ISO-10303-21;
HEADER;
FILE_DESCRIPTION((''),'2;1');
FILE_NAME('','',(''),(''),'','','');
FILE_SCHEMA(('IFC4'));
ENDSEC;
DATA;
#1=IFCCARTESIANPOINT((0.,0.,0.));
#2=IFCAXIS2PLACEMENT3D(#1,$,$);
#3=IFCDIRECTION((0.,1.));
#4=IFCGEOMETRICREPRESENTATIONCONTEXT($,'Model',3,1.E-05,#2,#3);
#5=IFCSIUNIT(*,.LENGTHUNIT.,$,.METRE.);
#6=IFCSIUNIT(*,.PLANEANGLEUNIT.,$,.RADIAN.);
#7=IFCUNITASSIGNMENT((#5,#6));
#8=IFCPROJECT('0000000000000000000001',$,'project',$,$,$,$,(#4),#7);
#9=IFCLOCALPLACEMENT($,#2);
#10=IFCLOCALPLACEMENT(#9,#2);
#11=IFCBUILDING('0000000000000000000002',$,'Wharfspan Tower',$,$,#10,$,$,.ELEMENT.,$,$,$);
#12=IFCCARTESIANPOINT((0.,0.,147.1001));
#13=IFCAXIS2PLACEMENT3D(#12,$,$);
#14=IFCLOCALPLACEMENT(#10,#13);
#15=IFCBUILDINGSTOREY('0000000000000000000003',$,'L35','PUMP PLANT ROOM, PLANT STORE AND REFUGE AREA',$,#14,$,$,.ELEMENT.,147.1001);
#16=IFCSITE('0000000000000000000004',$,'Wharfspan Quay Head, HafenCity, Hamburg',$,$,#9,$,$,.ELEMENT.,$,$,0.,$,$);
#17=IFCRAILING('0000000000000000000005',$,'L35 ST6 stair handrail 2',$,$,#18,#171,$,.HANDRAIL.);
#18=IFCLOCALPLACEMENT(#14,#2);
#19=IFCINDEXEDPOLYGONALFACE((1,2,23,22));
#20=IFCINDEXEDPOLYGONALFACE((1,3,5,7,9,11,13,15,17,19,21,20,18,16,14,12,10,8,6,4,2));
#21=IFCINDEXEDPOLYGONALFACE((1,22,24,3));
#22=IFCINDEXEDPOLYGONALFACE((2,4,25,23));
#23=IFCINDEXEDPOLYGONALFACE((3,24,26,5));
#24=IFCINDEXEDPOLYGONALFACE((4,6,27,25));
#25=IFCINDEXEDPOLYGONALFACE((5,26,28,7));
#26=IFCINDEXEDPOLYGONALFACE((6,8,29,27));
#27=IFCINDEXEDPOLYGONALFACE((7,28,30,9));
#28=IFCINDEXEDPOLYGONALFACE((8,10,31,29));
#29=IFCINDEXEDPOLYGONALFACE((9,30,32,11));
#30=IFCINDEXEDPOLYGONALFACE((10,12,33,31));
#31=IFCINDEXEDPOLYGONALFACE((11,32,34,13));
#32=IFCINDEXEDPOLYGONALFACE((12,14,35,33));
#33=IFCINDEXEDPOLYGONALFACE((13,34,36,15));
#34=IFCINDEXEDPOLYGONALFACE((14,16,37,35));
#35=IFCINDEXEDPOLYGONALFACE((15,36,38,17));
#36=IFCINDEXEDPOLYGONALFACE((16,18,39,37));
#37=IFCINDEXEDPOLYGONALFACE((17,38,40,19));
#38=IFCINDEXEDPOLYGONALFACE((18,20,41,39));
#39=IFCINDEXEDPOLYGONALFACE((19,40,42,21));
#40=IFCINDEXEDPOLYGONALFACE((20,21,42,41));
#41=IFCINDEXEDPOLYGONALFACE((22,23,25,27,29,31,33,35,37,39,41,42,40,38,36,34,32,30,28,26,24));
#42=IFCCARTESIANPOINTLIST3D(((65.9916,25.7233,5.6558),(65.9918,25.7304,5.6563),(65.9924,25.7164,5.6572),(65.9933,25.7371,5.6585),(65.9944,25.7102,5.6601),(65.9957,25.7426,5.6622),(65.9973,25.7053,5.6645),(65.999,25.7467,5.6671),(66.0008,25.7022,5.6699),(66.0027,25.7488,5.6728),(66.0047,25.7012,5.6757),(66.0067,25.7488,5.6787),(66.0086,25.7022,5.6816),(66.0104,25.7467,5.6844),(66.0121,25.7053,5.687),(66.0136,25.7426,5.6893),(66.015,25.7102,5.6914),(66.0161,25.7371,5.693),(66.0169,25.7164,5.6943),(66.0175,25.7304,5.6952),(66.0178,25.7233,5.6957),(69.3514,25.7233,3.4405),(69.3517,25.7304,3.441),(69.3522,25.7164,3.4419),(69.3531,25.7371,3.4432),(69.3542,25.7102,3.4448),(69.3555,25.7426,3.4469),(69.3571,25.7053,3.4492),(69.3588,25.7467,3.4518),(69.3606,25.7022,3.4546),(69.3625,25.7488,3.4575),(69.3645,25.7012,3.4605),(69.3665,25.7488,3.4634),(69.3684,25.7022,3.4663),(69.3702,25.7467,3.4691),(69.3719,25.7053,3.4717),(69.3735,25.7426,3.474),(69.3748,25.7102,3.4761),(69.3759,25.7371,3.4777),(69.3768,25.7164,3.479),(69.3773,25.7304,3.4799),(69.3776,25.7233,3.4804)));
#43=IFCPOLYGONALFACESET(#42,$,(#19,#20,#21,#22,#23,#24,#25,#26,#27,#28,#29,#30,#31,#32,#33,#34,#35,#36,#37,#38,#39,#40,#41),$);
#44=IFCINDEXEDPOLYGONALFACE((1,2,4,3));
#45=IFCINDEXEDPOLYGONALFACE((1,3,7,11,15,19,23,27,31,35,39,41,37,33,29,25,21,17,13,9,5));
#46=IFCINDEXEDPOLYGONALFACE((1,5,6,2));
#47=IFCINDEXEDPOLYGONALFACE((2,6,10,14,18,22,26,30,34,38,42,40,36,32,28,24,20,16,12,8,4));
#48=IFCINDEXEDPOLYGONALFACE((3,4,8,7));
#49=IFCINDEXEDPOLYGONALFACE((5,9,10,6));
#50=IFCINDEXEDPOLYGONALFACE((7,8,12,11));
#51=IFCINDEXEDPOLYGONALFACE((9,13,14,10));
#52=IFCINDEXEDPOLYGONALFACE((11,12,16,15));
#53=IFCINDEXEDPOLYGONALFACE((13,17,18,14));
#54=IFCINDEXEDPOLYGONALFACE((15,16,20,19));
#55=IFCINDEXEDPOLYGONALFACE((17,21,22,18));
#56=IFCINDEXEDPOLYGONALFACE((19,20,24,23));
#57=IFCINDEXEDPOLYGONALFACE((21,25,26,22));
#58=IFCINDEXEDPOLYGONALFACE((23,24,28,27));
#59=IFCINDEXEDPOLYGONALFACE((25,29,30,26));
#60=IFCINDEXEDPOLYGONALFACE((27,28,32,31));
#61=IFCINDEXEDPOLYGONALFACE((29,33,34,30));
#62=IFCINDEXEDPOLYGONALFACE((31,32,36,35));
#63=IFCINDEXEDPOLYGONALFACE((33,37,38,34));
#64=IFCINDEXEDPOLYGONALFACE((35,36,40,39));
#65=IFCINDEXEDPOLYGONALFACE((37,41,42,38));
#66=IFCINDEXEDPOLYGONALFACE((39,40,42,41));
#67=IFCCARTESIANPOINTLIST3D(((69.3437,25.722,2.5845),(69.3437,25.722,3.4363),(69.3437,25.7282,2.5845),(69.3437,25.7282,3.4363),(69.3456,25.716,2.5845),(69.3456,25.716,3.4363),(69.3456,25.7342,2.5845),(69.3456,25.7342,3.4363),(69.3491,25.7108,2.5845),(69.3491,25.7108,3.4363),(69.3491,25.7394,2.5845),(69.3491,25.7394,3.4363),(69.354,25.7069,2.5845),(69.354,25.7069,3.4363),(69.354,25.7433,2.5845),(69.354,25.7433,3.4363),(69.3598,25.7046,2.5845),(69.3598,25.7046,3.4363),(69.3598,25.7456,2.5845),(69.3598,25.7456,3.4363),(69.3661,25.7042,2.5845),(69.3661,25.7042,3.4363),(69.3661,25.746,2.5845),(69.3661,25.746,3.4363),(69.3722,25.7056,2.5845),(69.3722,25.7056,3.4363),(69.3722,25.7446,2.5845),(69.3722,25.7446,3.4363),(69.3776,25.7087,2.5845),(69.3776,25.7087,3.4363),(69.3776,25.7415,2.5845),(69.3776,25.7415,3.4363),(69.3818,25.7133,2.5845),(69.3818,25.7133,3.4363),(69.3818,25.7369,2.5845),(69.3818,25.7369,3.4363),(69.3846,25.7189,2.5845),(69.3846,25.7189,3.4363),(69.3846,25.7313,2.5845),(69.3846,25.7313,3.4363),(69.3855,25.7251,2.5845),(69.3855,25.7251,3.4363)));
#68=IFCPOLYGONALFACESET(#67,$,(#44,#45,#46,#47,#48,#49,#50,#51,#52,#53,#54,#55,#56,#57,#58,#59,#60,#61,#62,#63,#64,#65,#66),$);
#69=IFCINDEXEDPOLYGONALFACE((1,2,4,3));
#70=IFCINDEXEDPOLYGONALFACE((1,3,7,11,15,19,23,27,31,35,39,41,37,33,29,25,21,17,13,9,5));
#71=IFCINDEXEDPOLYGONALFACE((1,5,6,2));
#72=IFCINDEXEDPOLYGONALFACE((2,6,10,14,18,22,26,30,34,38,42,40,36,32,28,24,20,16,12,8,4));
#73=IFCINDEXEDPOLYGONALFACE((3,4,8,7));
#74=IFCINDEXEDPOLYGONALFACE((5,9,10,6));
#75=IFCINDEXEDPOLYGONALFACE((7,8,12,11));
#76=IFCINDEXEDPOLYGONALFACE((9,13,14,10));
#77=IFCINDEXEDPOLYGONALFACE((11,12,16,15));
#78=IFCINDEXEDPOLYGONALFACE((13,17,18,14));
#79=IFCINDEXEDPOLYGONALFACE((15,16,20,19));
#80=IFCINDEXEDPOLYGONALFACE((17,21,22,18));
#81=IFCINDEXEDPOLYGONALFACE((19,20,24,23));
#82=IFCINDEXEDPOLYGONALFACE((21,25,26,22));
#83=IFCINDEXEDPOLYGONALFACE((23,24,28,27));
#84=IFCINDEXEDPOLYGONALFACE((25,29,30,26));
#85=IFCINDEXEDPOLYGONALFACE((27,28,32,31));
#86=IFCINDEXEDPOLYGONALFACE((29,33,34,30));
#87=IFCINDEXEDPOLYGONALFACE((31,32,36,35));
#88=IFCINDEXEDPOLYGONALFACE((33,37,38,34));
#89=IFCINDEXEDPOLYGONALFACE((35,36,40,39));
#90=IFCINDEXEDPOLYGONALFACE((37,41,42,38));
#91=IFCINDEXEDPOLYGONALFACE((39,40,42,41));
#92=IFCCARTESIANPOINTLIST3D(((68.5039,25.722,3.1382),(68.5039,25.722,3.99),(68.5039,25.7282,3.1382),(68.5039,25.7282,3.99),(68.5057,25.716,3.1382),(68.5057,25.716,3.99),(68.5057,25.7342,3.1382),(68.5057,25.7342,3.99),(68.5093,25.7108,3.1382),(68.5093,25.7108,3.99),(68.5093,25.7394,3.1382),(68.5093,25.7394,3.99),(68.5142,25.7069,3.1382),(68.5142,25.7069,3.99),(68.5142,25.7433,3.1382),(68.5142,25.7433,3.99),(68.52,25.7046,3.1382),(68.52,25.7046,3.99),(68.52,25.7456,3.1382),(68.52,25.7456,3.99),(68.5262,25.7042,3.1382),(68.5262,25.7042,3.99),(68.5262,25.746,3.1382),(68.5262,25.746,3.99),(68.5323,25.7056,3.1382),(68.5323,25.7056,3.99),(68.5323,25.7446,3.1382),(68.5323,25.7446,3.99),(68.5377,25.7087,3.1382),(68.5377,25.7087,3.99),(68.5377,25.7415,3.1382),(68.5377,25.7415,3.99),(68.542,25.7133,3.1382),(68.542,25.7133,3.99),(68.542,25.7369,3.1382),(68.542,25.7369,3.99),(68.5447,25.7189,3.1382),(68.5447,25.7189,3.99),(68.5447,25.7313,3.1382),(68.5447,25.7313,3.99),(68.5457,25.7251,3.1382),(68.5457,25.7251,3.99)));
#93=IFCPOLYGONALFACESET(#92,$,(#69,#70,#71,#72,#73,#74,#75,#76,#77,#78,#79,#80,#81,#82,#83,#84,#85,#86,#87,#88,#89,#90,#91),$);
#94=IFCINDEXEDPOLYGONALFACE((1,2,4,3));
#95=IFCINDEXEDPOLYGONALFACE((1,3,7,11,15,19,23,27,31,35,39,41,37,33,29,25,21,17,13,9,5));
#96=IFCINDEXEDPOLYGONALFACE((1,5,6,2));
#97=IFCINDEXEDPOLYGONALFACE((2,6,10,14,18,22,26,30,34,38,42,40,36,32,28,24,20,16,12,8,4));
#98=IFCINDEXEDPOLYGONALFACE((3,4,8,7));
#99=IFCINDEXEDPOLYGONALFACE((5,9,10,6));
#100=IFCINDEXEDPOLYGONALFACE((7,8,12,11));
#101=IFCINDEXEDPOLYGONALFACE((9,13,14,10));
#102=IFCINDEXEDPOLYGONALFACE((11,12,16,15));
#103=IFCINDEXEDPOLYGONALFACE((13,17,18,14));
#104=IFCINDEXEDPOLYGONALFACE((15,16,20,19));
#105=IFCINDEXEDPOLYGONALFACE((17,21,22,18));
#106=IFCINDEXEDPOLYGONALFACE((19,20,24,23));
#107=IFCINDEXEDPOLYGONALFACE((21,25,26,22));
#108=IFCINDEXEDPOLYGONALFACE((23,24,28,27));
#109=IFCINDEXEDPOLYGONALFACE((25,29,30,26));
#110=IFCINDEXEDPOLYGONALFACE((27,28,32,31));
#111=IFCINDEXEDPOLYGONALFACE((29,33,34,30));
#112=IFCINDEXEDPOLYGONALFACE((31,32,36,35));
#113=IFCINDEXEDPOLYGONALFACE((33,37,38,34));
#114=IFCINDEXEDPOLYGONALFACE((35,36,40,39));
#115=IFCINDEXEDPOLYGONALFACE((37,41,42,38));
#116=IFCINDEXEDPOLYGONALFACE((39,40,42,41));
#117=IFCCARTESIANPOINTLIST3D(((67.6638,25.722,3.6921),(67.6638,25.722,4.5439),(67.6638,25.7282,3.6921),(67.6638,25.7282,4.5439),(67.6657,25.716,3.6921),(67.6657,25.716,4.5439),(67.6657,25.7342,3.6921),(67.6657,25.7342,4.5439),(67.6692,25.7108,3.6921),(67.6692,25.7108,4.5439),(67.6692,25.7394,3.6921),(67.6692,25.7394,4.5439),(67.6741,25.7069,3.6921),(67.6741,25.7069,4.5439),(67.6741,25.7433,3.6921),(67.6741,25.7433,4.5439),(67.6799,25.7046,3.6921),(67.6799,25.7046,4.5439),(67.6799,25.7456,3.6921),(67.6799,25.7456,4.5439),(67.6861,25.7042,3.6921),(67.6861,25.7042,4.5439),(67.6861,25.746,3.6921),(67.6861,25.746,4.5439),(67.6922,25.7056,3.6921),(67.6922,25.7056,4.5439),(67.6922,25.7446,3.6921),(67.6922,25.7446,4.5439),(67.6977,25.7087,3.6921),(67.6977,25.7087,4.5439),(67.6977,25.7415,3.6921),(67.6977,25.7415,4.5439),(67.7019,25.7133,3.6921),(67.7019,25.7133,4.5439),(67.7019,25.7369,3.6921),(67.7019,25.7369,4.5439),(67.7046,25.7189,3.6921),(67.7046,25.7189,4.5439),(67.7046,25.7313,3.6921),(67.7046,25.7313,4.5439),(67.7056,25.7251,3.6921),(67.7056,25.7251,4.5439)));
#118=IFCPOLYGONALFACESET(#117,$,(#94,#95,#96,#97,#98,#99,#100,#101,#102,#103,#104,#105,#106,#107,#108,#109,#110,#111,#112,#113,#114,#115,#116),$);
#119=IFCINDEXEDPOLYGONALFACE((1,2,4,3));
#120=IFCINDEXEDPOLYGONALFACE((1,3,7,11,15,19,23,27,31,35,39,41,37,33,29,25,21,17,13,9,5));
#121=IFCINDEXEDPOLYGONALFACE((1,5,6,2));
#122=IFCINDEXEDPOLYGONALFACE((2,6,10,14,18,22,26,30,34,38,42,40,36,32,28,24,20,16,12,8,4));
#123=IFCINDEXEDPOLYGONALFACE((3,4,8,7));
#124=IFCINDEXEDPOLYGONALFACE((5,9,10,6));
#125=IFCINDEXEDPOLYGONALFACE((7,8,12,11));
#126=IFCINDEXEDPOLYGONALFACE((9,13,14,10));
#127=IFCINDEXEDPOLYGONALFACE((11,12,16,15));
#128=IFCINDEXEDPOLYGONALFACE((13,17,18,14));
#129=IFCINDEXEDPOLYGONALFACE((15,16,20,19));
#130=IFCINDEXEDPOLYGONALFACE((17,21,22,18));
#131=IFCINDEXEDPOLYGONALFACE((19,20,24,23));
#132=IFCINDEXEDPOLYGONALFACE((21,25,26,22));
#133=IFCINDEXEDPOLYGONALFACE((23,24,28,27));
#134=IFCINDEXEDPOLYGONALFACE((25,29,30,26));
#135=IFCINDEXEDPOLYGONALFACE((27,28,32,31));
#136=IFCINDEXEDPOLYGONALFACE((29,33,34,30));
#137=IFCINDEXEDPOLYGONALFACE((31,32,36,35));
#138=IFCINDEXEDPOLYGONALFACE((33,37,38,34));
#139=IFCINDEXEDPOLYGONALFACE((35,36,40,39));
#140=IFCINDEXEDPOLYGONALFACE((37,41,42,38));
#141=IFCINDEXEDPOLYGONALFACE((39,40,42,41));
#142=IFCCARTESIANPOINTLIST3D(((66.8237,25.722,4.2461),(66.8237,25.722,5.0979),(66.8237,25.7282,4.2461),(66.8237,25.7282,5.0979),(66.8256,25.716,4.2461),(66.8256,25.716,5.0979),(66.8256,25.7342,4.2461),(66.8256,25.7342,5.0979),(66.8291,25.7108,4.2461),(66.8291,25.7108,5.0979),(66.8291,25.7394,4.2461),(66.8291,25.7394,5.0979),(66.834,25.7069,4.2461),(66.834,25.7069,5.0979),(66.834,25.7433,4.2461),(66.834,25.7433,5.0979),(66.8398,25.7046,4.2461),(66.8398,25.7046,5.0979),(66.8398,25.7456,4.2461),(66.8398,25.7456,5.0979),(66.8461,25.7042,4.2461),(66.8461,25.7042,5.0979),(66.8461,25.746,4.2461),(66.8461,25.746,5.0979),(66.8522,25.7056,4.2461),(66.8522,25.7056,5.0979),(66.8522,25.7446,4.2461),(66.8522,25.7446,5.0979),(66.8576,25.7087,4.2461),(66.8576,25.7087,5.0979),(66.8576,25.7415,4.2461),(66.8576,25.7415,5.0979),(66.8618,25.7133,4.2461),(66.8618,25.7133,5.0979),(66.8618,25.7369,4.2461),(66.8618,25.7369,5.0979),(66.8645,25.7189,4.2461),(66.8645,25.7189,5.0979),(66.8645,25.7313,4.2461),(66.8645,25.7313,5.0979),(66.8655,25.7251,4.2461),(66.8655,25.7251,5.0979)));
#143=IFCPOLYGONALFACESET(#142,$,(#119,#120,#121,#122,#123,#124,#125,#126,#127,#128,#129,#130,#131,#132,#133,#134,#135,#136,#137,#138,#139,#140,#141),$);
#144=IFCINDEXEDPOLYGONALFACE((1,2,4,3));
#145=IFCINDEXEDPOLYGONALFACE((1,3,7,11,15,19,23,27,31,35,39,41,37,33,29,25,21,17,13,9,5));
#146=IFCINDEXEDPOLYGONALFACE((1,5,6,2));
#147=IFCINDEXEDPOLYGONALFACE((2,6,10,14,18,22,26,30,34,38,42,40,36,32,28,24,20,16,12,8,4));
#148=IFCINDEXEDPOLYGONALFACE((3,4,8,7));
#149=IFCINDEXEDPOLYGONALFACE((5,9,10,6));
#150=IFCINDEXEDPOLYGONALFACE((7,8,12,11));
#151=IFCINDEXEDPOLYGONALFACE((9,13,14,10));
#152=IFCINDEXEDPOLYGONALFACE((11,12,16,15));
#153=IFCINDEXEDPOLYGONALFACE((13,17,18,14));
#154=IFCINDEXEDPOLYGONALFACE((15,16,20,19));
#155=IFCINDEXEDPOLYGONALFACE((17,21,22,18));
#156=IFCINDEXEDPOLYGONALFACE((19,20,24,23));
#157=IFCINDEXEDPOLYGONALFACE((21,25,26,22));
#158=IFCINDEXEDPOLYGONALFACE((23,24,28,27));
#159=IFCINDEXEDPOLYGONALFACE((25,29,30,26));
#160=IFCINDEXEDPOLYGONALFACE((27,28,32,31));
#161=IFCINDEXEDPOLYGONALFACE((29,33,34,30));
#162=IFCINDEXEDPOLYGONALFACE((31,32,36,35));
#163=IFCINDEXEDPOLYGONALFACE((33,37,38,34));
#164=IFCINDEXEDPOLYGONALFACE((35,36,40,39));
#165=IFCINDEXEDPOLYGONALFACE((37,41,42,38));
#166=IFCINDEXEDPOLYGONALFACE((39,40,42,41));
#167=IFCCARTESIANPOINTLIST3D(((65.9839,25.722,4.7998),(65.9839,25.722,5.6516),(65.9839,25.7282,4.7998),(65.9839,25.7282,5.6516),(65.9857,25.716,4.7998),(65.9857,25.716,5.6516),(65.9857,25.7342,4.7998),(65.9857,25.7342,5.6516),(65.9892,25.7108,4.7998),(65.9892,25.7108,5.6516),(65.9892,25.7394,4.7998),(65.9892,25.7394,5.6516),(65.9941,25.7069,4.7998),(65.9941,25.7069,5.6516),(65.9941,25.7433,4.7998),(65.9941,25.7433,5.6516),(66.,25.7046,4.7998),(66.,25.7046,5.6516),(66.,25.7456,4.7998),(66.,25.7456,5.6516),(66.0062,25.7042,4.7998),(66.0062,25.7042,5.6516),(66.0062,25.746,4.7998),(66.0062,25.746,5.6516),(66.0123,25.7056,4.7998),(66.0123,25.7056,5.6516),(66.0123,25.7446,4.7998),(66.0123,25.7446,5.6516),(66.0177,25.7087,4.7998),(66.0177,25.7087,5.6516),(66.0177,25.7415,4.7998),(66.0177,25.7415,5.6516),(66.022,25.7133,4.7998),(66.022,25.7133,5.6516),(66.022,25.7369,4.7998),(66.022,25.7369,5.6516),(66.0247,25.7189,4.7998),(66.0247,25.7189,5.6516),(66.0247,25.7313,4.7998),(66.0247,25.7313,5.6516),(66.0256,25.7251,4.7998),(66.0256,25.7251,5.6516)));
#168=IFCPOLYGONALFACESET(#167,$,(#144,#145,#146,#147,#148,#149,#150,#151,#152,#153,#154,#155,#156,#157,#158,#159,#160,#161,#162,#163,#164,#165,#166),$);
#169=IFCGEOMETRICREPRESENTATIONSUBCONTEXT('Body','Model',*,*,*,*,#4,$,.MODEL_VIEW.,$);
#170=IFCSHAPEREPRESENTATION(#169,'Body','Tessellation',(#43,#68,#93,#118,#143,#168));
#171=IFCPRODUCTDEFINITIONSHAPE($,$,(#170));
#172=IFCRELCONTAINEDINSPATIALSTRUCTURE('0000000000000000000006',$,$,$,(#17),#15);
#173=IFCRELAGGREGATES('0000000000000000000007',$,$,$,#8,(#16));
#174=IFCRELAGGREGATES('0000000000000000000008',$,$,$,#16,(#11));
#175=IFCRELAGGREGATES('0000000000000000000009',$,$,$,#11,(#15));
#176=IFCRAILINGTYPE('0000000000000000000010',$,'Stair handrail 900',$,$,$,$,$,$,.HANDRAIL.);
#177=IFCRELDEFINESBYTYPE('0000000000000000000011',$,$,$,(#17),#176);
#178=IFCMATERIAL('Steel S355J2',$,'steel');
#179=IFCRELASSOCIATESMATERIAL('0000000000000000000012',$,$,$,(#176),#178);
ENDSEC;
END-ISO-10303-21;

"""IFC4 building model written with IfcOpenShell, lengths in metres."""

from ifc_helpers import new_model, si_unit, direction, frame, origin, origin_2d, place, context, subcontext, project, spatial, circle, extrude, material, type_object, element, save


model = new_model("IFC4")

# Units and contexts
model_context = context("Model", 3, precision=1e-05, world=origin(), true_north=direction((0.0, 1.0)))
body_context = subcontext(model_context, "Body", "Model", "MODEL_VIEW")
ifc_project = project(units=[si_unit("LENGTHUNIT", "METRE"), si_unit("PLANEANGLEUNIT", "RADIAN")], contexts=[model_context])

# Site, building, storey
site_placement = place(None, origin())
site = spatial("IfcSite", under=ifc_project, at=site_placement, Name="Wharfspan Quay Head, HafenCity, Hamburg", CompositionType="ELEMENT", RefElevation=0.0)
building_placement = place(site_placement, origin())
building = spatial("IfcBuilding", under=site, at=building_placement, Name="Wharfspan Tower", CompositionType="ELEMENT")
storey_placement = place(building_placement, frame((0.0, 0.0, 147.1001)))
storey = spatial("IfcBuildingStorey", under=building, at=storey_placement, Name="L35", Description="PUMP PLANT ROOM, PLANT STORE AND REFUGE AREA", CompositionType="ELEMENT", Elevation=147.1001)

# Railing
ifc_material_1 = material(Name="Steel S355J2", Category="steel")
railing_type_1 = type_object("IfcRailingType", Name="Stair handrail 900", PredefinedType="HANDRAIL", material=ifc_material_1)
railing_1_placement = place(storey_placement, frame((69.3645, 25.7251, 2.5845)))
element("IfcRailing", 1, at=railing_1_placement, inside=storey, type_object=railing_type_1, Name="L35 ST6 stair handrail 2", PredefinedType="HANDRAIL", context=body_context, shape_type="SweptSolid", body=[
    extrude(circle(Radius=0.0239, at=origin_2d()), frame((0.0, 0.0, 0.876), z_axis=(-0.834858, 0.0, 0.550465), x_axis=(0.0, -1.0, 0.0)), (0.0, 0.0, 1.0), 4.0244),
    extrude(circle(Radius=0.021, at=origin_2d()), origin(), (0.0, 0.0, 1.0), 0.8518),
    extrude(circle(Radius=0.021, at=origin_2d()), frame((-0.8398, 0.0, 0.5537)), (0.0, 0.0, 1.0), 0.8518),
    extrude(circle(Radius=0.021, at=origin_2d()), frame((-1.6799, 0.0, 1.1077)), (0.0, 0.0, 1.0), 0.8518),
    extrude(circle(Radius=0.021, at=origin_2d()), frame((-2.52, 0.0, 1.6616)), (0.0, 0.0, 1.0), 0.8518),
    extrude(circle(Radius=0.021, at=origin_2d()), frame((-3.3599, 0.0, 2.2153)), (0.0, 0.0, 1.0), 0.8518),
])

save(model, "model.ifc")
